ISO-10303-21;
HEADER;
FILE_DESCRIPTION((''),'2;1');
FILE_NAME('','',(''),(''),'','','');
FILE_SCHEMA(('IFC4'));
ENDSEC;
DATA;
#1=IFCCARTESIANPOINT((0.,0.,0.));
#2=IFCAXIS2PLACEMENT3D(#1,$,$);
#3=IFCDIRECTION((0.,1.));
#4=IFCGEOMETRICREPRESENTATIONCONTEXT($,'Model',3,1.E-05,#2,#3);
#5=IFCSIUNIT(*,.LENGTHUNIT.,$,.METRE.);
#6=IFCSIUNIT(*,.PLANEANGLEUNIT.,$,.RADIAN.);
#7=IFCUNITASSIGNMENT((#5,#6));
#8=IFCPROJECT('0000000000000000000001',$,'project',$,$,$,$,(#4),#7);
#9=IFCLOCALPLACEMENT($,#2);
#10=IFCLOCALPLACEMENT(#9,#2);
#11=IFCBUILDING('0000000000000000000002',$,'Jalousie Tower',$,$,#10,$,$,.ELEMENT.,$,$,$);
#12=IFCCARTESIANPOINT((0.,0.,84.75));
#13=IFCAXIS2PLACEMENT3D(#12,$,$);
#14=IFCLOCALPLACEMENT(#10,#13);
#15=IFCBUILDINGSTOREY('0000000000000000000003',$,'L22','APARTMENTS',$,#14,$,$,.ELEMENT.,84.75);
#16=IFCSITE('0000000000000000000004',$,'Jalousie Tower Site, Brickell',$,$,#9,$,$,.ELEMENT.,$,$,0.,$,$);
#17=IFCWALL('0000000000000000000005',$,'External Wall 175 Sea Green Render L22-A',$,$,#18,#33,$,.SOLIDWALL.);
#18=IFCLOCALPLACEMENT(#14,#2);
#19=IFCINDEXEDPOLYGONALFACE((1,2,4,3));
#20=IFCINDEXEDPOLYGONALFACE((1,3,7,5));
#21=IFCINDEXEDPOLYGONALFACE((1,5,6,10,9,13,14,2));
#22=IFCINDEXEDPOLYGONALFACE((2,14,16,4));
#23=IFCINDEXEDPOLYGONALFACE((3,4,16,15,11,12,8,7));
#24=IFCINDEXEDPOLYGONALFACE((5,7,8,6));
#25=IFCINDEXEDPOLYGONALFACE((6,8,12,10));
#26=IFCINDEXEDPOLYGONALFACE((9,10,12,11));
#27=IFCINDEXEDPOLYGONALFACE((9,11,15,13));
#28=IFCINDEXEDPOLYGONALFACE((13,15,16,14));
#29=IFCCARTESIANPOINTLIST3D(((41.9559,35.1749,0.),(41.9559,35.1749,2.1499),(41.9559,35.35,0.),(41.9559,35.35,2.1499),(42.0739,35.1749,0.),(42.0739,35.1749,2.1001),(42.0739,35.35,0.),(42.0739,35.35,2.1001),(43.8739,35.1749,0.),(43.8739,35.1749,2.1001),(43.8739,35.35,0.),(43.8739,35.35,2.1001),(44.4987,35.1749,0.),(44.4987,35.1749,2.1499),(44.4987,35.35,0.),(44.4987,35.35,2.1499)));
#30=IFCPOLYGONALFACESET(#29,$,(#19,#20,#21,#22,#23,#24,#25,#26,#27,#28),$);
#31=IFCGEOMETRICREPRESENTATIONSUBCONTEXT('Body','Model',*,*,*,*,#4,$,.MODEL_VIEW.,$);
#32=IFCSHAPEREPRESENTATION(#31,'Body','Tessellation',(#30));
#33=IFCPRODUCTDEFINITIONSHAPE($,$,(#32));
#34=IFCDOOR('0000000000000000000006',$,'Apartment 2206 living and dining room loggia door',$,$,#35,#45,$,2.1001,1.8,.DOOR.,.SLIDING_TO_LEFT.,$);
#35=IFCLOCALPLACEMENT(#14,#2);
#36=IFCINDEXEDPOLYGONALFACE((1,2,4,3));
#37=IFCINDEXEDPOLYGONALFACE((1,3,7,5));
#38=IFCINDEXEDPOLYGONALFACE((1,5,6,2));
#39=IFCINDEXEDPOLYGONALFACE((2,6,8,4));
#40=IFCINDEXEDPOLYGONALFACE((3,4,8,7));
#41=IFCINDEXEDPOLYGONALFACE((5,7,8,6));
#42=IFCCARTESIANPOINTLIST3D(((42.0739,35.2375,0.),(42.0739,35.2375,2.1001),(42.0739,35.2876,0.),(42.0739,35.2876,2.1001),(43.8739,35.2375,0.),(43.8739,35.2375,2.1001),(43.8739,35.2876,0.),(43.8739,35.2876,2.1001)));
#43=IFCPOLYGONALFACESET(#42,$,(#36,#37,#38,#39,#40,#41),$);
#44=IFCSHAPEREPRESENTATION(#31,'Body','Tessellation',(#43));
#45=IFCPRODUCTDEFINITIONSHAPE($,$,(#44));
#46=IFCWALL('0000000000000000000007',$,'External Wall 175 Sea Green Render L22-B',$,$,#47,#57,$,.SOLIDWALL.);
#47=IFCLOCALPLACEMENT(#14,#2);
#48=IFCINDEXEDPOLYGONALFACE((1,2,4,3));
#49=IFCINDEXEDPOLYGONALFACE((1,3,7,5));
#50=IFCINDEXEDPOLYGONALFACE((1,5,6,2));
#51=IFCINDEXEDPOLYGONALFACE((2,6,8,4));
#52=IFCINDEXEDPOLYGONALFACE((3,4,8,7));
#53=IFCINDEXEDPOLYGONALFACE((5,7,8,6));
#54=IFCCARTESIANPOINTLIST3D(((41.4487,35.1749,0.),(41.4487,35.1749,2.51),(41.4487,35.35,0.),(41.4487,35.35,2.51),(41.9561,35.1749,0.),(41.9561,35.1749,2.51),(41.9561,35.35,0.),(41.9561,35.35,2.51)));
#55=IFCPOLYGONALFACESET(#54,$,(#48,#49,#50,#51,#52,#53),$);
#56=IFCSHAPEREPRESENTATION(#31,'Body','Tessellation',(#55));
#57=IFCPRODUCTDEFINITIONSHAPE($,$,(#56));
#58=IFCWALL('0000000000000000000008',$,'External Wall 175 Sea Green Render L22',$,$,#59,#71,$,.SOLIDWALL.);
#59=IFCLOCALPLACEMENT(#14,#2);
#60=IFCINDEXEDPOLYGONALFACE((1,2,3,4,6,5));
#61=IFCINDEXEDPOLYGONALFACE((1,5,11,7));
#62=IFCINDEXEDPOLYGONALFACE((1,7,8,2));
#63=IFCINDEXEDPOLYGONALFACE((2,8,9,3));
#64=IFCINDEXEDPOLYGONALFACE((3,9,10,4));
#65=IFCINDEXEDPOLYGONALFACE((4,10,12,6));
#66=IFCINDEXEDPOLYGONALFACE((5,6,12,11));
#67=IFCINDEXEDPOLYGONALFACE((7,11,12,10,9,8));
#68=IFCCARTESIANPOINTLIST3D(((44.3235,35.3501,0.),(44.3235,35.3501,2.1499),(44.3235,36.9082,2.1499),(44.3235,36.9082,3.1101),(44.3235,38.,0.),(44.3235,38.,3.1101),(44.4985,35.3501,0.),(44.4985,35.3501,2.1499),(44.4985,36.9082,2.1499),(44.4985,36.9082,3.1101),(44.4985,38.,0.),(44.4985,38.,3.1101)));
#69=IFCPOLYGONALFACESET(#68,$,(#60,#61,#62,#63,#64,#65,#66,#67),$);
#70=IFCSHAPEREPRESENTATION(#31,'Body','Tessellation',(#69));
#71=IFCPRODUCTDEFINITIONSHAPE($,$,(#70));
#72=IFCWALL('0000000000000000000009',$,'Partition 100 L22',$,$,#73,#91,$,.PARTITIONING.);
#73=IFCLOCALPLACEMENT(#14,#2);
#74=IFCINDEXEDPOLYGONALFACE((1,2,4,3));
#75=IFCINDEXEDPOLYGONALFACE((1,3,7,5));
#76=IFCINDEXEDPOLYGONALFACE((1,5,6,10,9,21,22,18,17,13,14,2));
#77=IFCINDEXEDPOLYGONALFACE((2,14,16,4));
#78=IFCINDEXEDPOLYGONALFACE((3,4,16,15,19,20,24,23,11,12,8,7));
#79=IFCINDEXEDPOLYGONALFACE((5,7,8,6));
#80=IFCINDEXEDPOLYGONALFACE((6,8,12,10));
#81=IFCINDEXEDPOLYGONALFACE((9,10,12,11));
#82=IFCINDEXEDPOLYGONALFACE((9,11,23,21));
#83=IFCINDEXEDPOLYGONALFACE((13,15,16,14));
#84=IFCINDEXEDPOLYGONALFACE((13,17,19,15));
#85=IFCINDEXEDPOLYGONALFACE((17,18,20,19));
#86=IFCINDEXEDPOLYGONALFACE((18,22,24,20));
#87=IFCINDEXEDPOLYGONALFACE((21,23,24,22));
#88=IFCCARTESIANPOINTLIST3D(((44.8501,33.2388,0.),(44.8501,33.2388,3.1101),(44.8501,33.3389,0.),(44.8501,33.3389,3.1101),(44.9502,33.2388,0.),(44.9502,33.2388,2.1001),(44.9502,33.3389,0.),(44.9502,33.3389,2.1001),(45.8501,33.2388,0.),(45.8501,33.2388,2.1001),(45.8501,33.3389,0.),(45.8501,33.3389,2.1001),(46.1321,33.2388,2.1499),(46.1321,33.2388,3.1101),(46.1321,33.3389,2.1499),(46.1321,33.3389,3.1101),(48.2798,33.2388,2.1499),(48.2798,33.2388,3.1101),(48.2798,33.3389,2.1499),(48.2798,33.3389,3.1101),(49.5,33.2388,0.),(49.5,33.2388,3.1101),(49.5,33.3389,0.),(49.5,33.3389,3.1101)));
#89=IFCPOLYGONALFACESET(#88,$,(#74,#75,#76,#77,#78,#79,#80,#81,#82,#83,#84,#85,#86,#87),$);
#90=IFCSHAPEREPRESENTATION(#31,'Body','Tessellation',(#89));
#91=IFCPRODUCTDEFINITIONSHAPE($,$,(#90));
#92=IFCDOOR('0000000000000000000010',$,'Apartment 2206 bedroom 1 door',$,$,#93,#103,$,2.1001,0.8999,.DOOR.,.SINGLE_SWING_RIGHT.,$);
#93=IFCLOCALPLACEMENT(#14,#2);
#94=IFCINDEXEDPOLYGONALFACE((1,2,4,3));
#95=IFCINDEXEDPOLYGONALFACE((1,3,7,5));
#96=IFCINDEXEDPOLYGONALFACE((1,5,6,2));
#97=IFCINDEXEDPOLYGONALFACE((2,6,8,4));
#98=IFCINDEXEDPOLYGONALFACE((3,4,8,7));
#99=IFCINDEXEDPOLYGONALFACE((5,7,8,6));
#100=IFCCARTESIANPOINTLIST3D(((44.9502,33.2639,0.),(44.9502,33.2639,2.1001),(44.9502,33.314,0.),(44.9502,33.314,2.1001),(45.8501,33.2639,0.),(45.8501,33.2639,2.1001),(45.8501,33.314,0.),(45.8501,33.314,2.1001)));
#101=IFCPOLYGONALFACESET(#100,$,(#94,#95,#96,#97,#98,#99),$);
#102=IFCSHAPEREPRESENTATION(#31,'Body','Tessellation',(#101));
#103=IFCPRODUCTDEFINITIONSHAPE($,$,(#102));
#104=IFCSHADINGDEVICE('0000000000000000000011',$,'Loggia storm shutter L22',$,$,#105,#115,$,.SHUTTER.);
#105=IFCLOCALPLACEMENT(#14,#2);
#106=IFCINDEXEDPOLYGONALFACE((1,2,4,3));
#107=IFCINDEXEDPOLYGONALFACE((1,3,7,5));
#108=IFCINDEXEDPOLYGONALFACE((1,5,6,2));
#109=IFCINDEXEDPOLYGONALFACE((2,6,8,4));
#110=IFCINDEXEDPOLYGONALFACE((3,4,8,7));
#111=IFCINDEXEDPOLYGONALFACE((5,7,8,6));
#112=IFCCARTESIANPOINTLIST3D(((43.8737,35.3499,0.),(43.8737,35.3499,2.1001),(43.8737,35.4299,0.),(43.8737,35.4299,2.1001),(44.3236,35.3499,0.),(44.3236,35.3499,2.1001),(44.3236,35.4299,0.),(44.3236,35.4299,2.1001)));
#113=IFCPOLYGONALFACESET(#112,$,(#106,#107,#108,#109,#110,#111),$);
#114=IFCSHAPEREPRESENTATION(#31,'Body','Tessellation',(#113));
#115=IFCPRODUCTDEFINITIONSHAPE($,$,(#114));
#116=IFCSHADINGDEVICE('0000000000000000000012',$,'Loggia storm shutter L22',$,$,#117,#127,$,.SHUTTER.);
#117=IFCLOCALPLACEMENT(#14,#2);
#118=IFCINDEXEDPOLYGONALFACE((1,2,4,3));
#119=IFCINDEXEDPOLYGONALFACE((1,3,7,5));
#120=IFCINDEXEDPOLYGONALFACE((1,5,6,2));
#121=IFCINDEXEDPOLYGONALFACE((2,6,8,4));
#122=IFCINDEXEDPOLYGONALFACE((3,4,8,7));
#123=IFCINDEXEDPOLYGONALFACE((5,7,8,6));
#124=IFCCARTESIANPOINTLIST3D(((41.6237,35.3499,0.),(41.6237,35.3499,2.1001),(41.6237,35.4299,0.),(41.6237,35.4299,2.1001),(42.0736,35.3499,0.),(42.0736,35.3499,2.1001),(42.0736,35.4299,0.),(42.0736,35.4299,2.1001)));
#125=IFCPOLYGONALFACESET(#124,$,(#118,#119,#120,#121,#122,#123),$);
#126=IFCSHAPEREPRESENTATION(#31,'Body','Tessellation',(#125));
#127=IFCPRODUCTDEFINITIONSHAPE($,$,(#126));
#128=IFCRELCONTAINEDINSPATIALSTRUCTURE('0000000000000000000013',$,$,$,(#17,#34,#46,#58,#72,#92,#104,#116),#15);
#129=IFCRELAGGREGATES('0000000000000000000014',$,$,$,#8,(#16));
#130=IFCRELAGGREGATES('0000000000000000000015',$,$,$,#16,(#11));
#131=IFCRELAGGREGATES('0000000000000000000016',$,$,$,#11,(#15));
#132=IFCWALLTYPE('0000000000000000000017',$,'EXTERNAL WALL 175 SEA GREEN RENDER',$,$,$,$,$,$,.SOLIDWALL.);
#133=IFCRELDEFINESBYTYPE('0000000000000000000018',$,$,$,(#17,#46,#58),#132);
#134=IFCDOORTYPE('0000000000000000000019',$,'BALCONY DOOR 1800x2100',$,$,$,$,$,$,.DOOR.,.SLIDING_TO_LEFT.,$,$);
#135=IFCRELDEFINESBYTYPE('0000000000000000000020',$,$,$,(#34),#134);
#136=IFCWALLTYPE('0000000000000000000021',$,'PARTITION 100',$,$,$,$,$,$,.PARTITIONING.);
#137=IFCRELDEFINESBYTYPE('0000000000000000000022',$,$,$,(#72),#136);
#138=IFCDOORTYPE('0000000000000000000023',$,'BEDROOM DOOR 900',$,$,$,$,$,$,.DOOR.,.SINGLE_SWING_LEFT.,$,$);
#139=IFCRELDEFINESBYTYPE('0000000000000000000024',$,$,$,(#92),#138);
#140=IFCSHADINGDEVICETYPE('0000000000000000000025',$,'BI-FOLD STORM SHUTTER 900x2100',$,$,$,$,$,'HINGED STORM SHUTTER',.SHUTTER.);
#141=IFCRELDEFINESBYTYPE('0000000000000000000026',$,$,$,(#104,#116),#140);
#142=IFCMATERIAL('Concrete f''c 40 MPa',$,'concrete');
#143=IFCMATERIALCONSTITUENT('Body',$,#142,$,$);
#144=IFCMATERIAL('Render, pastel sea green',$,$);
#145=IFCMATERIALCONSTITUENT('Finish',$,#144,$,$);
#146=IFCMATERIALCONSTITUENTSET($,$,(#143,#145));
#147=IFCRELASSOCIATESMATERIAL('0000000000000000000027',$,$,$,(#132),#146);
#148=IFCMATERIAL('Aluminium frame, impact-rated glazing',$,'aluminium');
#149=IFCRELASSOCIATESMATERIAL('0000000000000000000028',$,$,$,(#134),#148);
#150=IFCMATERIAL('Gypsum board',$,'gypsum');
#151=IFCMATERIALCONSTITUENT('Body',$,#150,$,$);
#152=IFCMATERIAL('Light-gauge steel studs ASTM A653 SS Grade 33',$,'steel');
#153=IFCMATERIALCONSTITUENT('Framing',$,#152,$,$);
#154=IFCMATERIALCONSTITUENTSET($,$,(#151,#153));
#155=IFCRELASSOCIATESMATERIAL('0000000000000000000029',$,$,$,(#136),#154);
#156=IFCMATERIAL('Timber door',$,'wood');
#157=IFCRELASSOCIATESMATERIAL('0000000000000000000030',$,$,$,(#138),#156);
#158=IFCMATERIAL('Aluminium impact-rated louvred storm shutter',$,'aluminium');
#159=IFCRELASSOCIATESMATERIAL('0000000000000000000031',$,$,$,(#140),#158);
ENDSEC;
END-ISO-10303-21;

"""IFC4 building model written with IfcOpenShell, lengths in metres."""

from ifc_helpers import new_model, si_unit, direction, frame, frame_2d, origin, origin_2d, place, context, subcontext, project, spatial, polyline, rectangle, outline, extrude, material, constituent, constituent_set, type_object, element, fill, save


model = new_model("IFC4")

# Units and contexts
model_context = context("Model", 3, precision=1e-05, world=origin(), true_north=direction((0.0, 1.0)))
body_context = subcontext(model_context, "Body", "Model", "MODEL_VIEW")
ifc_project = project(units=[si_unit("LENGTHUNIT", "METRE"), si_unit("PLANEANGLEUNIT", "RADIAN")], contexts=[model_context])

# Site, building, storey
site_placement = place(None, origin())
site = spatial("IfcSite", under=ifc_project, at=site_placement, Name="Jalousie Tower Site, Brickell", CompositionType="ELEMENT", RefElevation=0.0)
building_placement = place(site_placement, origin())
building = spatial("IfcBuilding", under=site, at=building_placement, Name="Jalousie Tower", CompositionType="ELEMENT")
storey_placement = place(building_placement, frame((0.0, 0.0, 84.75)))
storey = spatial("IfcBuildingStorey", under=building, at=storey_placement, Name="L22", Description="APARTMENTS", CompositionType="ELEMENT", Elevation=84.75)

# Shared definitions
ifc_material_1 = material(Name="Concrete f'c 40 MPa", Category="concrete")
ifc_constituent_1 = constituent(ifc_material_1, Name="Body")
ifc_material_2 = material(Name="Render, pastel sea green")
ifc_constituent_2 = constituent(ifc_material_2, Name="Finish")
ifc_constituent_set_1 = constituent_set(constituents=[ifc_constituent_1, ifc_constituent_2])
wall_type_1 = type_object("IfcWallType", Name="EXTERNAL WALL 175 SEA GREEN RENDER", PredefinedType="SOLIDWALL", material=ifc_constituent_set_1)

# Wall, opening, door
wall_1_placement = place(storey_placement, frame((44.4988, 35.2625, 0.0), z_axis=(0.0, 0.0, 1.0), x_axis=(-1.0, 0.0, 0.0)))
wall_1 = element("IfcWall", 1, at=wall_1_placement, inside=storey, type_object=wall_type_1, Name="External Wall 175 Sea Green Render L22-A", PredefinedType="SOLIDWALL", context=body_context, shape_type="SweptSolid", body=[
    extrude(rectangle(XDim=2.5427, YDim=0.175, at=frame_2d((1.2715, 0.0))), origin(), (0.0, 0.0, 1.0), 2.1499),
])
opening_1_placement = place(wall_1_placement, frame((0.625, 0.0, 0.0)))
opening_1 = element("IfcOpeningElement", 2, at=opening_1_placement, cuts=wall_1, PredefinedType="OPENING", context=body_context, shape_type="SweptSolid", body=[
    extrude(rectangle(XDim=1.8, YDim=2.1001, at=frame_2d((0.8999, 1.05))), frame((0.0, 0.0974, 0.0), z_axis=(0.0, -1.0, 0.0), x_axis=(1.0, 0.0, 0.0)), (0.0, 0.0, 1.0), 0.1951),
])
ifc_material_3 = material(Name="Aluminium frame, impact-rated glazing", Category="aluminium")
door_type_1 = type_object("IfcDoorType", Name="BALCONY DOOR 1800x2100", OperationType="SLIDING_TO_LEFT", PredefinedType="DOOR", material=ifc_material_3)
door_1_placement = place(opening_1_placement, origin())
door_1 = element("IfcDoor", 3, at=door_1_placement, inside=storey, type_object=door_type_1, Name="Apartment 2206 living and dining room loggia door", OperationType="SLIDING_TO_LEFT", OverallHeight=2.1001, OverallWidth=1.8, PredefinedType="DOOR", context=body_context, shape_type="SweptSolid", body=[
    extrude(rectangle(XDim=1.8, YDim=2.1001, at=frame_2d((0.8999, 1.05))), frame((0.0, 0.0249, 0.0), z_axis=(0.0, -1.0, 0.0), x_axis=(1.0, 0.0, 0.0)), (0.0, 0.0, 1.0), 0.05),
])
fill(opening_1, door_1)

# Walls
wall_2_placement = place(storey_placement, frame((41.9561, 35.2625, 0.0), z_axis=(0.0, 0.0, 1.0), x_axis=(-1.0, 0.0, 0.0)))
element("IfcWall", 4, at=wall_2_placement, inside=storey, type_object=wall_type_1, Name="External Wall 175 Sea Green Render L22-B", PredefinedType="SOLIDWALL", context=body_context, shape_type="SweptSolid", body=[
    extrude(rectangle(XDim=0.5073, YDim=0.175, at=frame_2d((0.2537, 0.0))), origin(), (0.0, 0.0, 1.0), 2.51),
])
wall_3_placement = place(storey_placement, frame((44.4111, 38.0, 0.0), z_axis=(0.0, 0.0, 1.0), x_axis=(0.0, -1.0, 0.0)))
element("IfcWall", 5, at=wall_3_placement, inside=storey, type_object=wall_type_1, Name="External Wall 175 Sea Green Render L22", PredefinedType="SOLIDWALL", context=body_context, shape_type="SweptSolid", body=[
    extrude(outline(polyline([(0.0, 0.0), (2.6499, 0.0), (2.6499, 2.1499), (1.0918, 2.1499), (1.0918, 3.1101), (0.0, 3.1101), (0.0, 0.0)])), frame((0.0, 0.0874, 0.0), z_axis=(0.0, -1.0, 0.0), x_axis=(1.0, 0.0, 0.0)), (0.0, 0.0, 1.0), 0.175),
])

# Wall, opening, door
ifc_material_4 = material(Name="Gypsum board", Category="gypsum")
ifc_constituent_3 = constituent(ifc_material_4, Name="Body")
ifc_material_5 = material(Name="Light-gauge steel studs ASTM A653 SS Grade 33", Category="steel")
ifc_constituent_4 = constituent(ifc_material_5, Name="Framing")
ifc_constituent_set_2 = constituent_set(constituents=[ifc_constituent_3, ifc_constituent_4])
wall_type_2 = type_object("IfcWallType", Name="PARTITION 100", PredefinedType="PARTITIONING", material=ifc_constituent_set_2)
wall_4_placement = place(storey_placement, frame((44.8501, 33.2888, 0.0), z_axis=(0.0, 0.0, 1.0), x_axis=(1.0, 0.0, 0.0)))
wall_4 = element("IfcWall", 6, at=wall_4_placement, inside=storey, type_object=wall_type_2, Name="Partition 100 L22", PredefinedType="PARTITIONING", context=body_context, shape_type="SweptSolid", body=[
    extrude(outline(polyline([(0.0, 0.0), (4.6499, 0.0), (4.6499, 3.1101), (3.4297, 3.1101), (3.4297, 2.1499), (1.282, 2.1499), (1.282, 3.1101), (0.0, 3.1101), (0.0, 0.0)])), frame((0.0, 0.05, 0.0), z_axis=(0.0, -1.0, 0.0), x_axis=(1.0, 0.0, 0.0)), (0.0, 0.0, 1.0), 0.1001),
])
opening_2_placement = place(wall_4_placement, frame((0.1001, 0.0, 0.0)))
opening_2 = element("IfcOpeningElement", 7, at=opening_2_placement, cuts=wall_4, PredefinedType="OPENING", context=body_context, shape_type="SweptSolid", body=[
    extrude(rectangle(XDim=0.8999, YDim=2.1001, at=frame_2d((0.45, 1.05))), frame((0.0, 0.0601, 0.0), z_axis=(0.0, -1.0, 0.0), x_axis=(1.0, 0.0, 0.0)), (0.0, 0.0, 1.0), 0.1201),
])
ifc_material_6 = material(Name="Timber door", Category="wood")
door_type_2 = type_object("IfcDoorType", Name="BEDROOM DOOR 900", OperationType="SINGLE_SWING_LEFT", PredefinedType="DOOR", material=ifc_material_6)
door_2_placement = place(opening_2_placement, frame((0.8999, 0.0, 0.0), z_axis=(0.0, 0.0, 1.0), x_axis=(-1.0, 0.0, 0.0)))
door_2 = element("IfcDoor", 8, at=door_2_placement, inside=storey, type_object=door_type_2, Name="Apartment 2206 bedroom 1 door", OperationType="SINGLE_SWING_RIGHT", OverallHeight=2.1001, OverallWidth=0.8999, PredefinedType="DOOR", context=body_context, shape_type="SweptSolid", body=[
    extrude(rectangle(XDim=0.8999, YDim=2.1001, at=frame_2d((0.45, 1.05))), frame((0.0, 0.0249, 0.0), z_axis=(0.0, -1.0, 0.0), x_axis=(1.0, 0.0, 0.0)), (0.0, 0.0, 1.0), 0.05),
])
fill(opening_2, door_2)

# Shading devices
ifc_material_7 = material(Name="Aluminium impact-rated louvred storm shutter", Category="aluminium")
shading_device_type_1 = type_object("IfcShadingDeviceType", Name="BI-FOLD STORM SHUTTER 900x2100", ElementType="HINGED STORM SHUTTER", PredefinedType="SHUTTER", material=ifc_material_7)
for number, where, z_axis, x_axis, name in (
    (9, (44.0986, 35.3899, 0.0), (0.0, 0.0, 1.0), (-1.0, 0.0, 0.0), "Loggia storm shutter L22"),
    (10, (41.8486, 35.3899, 0.0), (0.0, 0.0, 1.0), (-1.0, 0.0, 0.0), "Loggia storm shutter L22"),
):
    element("IfcShadingDevice", number, at=place(storey_placement, frame(where, z_axis=z_axis, x_axis=x_axis)), inside=storey, type_object=shading_device_type_1, Name=name, PredefinedType="SHUTTER", context=body_context, shape_type="SweptSolid", body=[
        extrude(rectangle(XDim=0.45, YDim=0.0801, at=origin_2d()), origin(), (0.0, 0.0, 1.0), 2.1001),
    ])

save(model, "model.ifc")
